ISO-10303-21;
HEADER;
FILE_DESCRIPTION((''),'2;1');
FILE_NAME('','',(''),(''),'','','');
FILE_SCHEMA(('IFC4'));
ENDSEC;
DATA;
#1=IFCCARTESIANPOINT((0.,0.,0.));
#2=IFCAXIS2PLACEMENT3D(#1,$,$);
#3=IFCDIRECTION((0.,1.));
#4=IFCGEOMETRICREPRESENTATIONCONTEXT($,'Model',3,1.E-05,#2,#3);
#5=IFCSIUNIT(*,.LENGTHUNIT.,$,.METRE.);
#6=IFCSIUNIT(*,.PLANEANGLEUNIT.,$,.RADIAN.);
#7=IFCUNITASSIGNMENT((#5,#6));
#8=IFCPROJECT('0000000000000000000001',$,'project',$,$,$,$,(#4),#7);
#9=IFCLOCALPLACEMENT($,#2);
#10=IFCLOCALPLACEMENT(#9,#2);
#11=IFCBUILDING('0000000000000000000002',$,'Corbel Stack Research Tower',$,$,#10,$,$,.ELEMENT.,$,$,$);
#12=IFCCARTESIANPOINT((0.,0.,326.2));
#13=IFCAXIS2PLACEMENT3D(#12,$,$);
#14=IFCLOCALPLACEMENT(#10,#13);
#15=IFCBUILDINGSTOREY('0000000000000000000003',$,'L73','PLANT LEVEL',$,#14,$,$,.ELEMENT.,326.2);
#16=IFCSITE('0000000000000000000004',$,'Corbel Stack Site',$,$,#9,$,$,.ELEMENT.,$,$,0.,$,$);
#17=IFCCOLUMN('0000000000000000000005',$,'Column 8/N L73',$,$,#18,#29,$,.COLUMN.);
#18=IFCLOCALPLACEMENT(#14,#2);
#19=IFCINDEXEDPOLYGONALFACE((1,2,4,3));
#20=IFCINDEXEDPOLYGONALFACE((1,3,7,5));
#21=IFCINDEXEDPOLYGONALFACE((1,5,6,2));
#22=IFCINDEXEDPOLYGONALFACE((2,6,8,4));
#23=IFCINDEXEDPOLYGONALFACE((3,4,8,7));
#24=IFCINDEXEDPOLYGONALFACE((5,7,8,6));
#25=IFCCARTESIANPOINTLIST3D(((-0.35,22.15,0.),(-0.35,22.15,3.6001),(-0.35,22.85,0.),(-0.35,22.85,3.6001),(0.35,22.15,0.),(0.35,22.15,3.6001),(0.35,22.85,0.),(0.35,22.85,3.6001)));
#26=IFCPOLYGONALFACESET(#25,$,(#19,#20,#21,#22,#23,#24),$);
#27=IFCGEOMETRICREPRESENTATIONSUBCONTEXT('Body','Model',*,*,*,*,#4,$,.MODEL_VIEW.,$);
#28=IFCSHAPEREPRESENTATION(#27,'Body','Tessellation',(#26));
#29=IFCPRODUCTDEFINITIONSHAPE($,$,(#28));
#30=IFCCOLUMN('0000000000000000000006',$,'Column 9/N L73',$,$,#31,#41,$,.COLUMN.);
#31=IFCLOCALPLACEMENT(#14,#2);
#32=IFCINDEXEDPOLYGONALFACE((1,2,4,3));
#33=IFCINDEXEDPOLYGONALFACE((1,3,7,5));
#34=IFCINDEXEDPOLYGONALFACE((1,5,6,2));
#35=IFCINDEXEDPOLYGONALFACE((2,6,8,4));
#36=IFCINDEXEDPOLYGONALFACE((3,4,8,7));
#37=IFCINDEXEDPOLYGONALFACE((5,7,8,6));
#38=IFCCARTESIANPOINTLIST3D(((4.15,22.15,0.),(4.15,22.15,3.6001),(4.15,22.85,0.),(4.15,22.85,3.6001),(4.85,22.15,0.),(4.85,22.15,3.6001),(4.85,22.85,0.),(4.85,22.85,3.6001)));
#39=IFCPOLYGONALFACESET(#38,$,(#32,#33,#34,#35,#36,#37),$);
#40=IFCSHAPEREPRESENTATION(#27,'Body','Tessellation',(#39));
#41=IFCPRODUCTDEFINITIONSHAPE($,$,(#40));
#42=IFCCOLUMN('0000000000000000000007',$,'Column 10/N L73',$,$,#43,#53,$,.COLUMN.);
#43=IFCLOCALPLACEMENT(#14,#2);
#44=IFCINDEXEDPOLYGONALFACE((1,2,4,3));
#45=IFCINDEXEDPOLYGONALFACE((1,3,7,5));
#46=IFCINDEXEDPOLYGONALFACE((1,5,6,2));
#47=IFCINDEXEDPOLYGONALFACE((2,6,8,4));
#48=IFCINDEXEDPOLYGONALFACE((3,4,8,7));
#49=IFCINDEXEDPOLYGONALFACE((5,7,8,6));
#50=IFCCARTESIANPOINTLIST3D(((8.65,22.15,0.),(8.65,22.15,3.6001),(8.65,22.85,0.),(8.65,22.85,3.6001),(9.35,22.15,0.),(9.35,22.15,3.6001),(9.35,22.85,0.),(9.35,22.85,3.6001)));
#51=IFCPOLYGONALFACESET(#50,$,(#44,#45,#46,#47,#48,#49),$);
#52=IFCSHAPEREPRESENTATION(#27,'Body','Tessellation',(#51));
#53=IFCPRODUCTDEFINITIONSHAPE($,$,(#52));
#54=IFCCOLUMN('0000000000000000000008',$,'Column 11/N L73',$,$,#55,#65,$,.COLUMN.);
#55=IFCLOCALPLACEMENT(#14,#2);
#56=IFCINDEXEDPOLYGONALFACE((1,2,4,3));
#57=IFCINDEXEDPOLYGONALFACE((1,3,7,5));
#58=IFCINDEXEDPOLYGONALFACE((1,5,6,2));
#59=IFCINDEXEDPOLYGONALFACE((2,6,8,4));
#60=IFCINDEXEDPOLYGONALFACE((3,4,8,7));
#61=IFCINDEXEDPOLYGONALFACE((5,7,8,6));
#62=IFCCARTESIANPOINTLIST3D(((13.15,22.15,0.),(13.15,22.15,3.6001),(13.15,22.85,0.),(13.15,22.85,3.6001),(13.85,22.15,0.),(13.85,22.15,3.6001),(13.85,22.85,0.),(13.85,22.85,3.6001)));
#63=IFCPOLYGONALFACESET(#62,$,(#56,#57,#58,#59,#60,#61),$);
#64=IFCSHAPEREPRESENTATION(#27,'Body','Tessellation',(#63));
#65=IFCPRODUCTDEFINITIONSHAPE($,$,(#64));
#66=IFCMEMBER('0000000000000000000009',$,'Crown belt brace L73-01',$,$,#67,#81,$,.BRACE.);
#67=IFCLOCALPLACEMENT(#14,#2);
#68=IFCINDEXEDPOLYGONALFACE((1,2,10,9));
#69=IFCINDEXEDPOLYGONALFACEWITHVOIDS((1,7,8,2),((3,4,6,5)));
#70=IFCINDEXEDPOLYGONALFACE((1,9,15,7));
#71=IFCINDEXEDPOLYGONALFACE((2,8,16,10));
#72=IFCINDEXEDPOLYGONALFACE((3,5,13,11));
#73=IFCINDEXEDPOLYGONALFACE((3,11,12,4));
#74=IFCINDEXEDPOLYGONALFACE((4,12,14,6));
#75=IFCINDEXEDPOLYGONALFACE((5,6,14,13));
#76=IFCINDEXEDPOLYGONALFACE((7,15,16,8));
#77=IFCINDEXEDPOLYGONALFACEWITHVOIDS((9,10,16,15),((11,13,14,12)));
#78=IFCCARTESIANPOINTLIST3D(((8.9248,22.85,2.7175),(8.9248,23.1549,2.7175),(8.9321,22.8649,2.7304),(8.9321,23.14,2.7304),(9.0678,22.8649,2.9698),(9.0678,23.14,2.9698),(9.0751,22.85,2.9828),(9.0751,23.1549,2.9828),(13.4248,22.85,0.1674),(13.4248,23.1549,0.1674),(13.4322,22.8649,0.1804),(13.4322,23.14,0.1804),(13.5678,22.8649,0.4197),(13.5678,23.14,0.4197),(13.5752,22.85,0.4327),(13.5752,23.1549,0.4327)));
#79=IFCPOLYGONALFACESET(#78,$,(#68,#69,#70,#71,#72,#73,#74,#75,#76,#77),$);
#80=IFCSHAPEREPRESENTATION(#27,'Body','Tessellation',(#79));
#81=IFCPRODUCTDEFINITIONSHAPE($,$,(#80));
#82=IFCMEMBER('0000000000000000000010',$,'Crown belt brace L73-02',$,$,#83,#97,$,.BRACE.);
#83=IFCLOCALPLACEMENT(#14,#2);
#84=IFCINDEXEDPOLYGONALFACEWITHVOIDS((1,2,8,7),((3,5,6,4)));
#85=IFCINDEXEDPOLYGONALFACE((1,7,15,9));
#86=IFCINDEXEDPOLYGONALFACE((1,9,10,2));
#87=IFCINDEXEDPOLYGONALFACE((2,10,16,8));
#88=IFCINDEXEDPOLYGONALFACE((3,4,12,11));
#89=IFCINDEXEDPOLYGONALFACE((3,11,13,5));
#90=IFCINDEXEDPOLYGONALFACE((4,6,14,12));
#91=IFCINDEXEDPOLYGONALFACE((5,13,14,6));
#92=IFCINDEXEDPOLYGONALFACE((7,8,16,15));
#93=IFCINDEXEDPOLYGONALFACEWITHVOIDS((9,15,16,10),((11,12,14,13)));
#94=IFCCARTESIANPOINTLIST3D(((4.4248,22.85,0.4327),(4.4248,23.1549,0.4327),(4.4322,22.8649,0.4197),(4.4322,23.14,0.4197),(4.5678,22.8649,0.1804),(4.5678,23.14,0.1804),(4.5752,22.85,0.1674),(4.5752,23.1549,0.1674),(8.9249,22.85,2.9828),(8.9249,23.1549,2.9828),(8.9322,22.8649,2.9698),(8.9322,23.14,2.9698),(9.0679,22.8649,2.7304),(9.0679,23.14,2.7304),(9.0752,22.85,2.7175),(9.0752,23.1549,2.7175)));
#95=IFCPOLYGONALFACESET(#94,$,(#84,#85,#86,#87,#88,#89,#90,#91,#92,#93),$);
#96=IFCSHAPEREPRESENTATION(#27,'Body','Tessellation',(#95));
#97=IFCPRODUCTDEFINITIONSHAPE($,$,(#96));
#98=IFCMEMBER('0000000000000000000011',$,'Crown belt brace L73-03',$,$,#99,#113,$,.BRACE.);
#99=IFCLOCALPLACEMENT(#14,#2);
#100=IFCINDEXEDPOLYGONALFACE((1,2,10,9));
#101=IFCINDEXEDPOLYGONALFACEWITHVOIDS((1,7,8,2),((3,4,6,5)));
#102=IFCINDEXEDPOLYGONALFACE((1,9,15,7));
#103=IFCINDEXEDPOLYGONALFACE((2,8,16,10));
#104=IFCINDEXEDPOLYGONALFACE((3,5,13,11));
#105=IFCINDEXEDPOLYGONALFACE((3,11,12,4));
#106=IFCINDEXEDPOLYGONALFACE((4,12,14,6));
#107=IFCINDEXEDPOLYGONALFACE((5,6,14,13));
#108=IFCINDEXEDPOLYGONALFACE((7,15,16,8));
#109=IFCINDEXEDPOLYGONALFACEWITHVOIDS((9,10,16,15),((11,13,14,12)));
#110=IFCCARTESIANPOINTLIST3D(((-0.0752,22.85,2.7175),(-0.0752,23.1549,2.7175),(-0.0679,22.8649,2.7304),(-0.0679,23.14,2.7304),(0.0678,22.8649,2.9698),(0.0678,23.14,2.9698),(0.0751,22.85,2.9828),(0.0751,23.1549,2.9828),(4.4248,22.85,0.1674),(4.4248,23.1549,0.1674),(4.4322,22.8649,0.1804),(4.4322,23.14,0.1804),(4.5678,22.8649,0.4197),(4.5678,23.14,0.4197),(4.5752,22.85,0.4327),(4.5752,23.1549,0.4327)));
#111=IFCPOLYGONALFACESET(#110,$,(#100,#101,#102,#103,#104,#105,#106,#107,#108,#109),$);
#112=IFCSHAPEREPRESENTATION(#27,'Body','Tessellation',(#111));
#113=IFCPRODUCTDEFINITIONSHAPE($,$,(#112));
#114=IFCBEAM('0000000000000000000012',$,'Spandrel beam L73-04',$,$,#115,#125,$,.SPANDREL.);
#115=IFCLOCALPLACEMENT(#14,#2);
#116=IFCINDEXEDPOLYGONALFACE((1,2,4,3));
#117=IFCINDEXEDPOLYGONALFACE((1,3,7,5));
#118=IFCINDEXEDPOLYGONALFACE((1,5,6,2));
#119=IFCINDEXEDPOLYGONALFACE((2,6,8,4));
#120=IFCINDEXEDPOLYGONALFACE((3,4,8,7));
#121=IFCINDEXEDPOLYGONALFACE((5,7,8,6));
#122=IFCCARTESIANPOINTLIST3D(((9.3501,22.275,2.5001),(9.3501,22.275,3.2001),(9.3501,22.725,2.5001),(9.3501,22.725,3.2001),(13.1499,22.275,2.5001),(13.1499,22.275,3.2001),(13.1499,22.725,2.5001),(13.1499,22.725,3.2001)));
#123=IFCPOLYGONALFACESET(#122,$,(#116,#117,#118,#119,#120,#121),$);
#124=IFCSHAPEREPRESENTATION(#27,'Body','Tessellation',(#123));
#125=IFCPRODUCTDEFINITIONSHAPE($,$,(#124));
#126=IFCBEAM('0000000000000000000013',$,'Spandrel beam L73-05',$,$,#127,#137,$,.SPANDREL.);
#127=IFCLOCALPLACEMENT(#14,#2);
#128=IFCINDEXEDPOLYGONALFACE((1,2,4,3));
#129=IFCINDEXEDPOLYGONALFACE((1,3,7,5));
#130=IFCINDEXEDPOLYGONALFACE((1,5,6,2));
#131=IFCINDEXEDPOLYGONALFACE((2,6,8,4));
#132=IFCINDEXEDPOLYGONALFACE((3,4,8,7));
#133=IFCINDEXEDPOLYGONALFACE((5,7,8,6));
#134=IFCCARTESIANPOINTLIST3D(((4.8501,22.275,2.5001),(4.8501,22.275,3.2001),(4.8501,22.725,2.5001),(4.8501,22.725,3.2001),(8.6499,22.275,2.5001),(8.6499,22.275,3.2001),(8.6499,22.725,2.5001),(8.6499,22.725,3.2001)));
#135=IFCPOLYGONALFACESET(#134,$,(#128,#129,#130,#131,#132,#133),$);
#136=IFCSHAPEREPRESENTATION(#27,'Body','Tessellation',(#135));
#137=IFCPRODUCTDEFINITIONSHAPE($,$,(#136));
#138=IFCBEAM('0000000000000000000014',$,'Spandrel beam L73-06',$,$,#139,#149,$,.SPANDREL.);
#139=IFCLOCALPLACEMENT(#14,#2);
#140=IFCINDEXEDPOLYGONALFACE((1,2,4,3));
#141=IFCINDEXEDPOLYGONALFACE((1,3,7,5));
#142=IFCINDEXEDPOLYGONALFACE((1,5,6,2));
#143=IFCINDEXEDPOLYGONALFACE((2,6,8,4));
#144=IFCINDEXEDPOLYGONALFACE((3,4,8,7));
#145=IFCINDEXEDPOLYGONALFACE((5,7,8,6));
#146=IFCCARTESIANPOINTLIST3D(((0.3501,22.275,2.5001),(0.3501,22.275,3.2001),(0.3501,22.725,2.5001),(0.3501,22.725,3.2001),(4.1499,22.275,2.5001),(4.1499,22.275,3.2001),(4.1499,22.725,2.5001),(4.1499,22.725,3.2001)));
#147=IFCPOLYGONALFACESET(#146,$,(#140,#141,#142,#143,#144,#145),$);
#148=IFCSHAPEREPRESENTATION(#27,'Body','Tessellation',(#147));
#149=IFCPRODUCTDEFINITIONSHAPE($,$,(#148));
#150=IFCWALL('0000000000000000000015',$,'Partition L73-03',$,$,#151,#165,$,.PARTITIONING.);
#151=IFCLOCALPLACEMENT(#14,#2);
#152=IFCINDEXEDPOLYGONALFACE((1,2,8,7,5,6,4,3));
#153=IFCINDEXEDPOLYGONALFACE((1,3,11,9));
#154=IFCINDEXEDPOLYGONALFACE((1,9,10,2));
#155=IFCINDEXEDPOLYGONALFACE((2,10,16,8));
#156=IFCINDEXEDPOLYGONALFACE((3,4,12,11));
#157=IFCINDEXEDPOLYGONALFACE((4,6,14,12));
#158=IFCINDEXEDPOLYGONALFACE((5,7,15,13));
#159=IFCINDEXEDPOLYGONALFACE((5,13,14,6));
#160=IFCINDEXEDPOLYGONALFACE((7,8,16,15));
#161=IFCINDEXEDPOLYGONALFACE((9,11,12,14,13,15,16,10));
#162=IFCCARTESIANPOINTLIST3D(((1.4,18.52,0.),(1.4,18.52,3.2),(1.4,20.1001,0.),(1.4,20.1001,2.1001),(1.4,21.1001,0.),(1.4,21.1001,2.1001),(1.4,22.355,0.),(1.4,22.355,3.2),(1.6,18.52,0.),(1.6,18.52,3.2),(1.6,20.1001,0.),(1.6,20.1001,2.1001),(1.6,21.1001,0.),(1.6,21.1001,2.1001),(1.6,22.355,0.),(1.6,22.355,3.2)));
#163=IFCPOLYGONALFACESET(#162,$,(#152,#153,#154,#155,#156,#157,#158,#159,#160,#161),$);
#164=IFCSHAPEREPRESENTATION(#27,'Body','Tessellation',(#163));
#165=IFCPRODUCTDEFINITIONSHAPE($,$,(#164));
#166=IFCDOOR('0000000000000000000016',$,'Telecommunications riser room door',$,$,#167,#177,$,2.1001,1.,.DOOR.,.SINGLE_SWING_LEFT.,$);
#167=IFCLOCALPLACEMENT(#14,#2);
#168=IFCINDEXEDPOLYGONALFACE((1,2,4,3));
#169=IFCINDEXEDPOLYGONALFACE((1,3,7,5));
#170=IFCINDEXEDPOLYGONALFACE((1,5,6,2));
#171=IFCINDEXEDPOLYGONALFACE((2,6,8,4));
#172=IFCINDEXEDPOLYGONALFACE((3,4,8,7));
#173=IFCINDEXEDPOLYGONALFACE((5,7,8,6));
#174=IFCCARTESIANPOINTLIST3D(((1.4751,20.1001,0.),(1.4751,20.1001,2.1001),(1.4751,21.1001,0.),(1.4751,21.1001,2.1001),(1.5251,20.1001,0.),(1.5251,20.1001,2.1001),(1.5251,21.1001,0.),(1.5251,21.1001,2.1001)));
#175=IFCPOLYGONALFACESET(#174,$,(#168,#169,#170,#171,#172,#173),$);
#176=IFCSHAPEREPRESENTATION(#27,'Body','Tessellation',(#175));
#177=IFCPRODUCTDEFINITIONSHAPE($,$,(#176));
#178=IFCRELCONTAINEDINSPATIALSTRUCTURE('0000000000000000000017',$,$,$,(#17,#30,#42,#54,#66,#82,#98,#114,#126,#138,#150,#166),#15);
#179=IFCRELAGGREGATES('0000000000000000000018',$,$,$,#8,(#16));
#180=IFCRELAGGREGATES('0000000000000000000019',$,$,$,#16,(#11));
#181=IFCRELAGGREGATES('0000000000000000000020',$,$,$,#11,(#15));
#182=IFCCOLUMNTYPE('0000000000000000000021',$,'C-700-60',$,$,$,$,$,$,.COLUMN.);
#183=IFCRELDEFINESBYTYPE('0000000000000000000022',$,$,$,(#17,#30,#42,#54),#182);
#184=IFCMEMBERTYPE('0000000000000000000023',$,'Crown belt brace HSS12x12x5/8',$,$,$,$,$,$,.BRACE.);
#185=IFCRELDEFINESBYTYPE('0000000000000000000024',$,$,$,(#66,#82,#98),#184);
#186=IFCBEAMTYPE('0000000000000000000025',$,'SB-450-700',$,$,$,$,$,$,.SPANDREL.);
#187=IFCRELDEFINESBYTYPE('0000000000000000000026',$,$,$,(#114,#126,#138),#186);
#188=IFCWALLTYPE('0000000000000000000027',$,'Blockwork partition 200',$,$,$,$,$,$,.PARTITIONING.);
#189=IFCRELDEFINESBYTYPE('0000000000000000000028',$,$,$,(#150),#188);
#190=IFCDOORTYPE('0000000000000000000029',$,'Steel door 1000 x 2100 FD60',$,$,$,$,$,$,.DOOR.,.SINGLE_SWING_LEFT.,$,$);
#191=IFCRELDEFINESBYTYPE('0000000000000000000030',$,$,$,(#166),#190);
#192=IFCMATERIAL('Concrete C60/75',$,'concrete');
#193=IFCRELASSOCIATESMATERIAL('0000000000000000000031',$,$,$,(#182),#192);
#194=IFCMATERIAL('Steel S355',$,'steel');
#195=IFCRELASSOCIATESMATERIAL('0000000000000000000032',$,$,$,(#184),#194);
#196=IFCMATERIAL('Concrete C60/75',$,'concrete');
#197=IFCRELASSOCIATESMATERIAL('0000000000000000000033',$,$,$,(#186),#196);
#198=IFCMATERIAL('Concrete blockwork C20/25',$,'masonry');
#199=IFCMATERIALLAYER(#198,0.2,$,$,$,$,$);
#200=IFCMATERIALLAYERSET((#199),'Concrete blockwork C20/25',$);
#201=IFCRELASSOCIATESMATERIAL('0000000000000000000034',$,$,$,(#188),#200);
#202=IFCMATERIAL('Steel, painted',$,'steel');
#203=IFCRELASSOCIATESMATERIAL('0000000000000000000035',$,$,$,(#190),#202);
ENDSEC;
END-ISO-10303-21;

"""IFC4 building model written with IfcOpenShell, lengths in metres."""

from ifc_helpers import new_model, si_unit, direction, frame, frame_2d, origin, origin_2d, place, context, subcontext, project, spatial, rectangle, hollow_rectangle, extrude, material, layer, layer_set, material_profile, profile_set, type_object, element, fill, save


model = new_model("IFC4")

# Units and contexts
model_context = context("Model", 3, precision=1e-05, world=origin(), true_north=direction((0.0, 1.0)))
body_context = subcontext(model_context, "Body", "Model", "MODEL_VIEW")
ifc_project = project(units=[si_unit("LENGTHUNIT", "METRE"), si_unit("PLANEANGLEUNIT", "RADIAN")], contexts=[model_context])

# Site, building, storey
site_placement = place(None, origin())
site = spatial("IfcSite", under=ifc_project, at=site_placement, Name="Corbel Stack Site", CompositionType="ELEMENT", RefElevation=0.0)
building_placement = place(site_placement, origin())
building = spatial("IfcBuilding", under=site, at=building_placement, Name="Corbel Stack Research Tower", CompositionType="ELEMENT")
storey_placement = place(building_placement, frame((0.0, 0.0, 326.2)))
storey = spatial("IfcBuildingStorey", under=building, at=storey_placement, Name="L73", Description="PLANT LEVEL", CompositionType="ELEMENT", Elevation=326.2)

# Columns
ifc_material_1 = material(Name="Concrete C60/75", Category="concrete")
ifc_material_profile_1 = material_profile(ifc_material_1, rectangle(XDim=0.7, YDim=0.7, at=origin_2d()), Name="RC 700 x 700")
ifc_profile_set_1 = profile_set([ifc_material_profile_1], Name="Concrete C60/75")
column_type = type_object("IfcColumnType", Name="C-700-60", PredefinedType="COLUMN", material=ifc_profile_set_1)
for number, where, z_axis, x_axis, name in (
    (1, (0.0, 22.5, 0.0), (0.0, 0.0, 1.0), (1.0, 0.0, 0.0), "Column 8/N L73"),
    (2, (4.5, 22.5, 0.0), (0.0, 0.0, 1.0), (1.0, 0.0, 0.0), "Column 9/N L73"),
    (3, (9.0, 22.5, 0.0), (0.0, 0.0, 1.0), (1.0, 0.0, 0.0), "Column 10/N L73"),
    (4, (13.5, 22.5, 0.0), (0.0, 0.0, 1.0), (1.0, 0.0, 0.0), "Column 11/N L73"),
):
    element("IfcColumn", number, at=place(storey_placement, frame(where, z_axis=z_axis, x_axis=x_axis)), inside=storey, type_object=column_type, Name=name, PredefinedType="COLUMN", context=body_context, shape_type="SweptSolid", body=[
        extrude(rectangle(XDim=0.7, YDim=0.7, at=origin_2d()), origin(), (0.0, 0.0, 1.0), 3.6001),
    ])

# Members
ifc_material_2 = material(Name="Steel S355", Category="steel")
ifc_material_profile_2 = material_profile(ifc_material_2, hollow_rectangle(XDim=0.3049, YDim=0.3049, WallThickness=0.0149, at=origin_2d()), Name="HSS12x12x5/8")
ifc_profile_set_2 = profile_set([ifc_material_profile_2], Name="Steel S355")
member_type = type_object("IfcMemberType", Name="Crown belt brace HSS12x12x5/8", PredefinedType="BRACE", material=ifc_profile_set_2)
for number, where, z_axis, x_axis, name in (
    (5, (13.5, 23.0024, 0.3), (-0.870018, 0.0, 0.49302), (0.0, -1.0, 0.0), "Crown belt brace L73-01"),
    (6, (4.5, 23.0024, 0.3), (0.870018, 0.0, 0.49302), (0.0, 1.0, 0.0), "Crown belt brace L73-02"),
    (7, (4.5, 23.0024, 0.3), (-0.870018, 0.0, 0.49302), (0.0, -1.0, 0.0), "Crown belt brace L73-03"),
):
    element("IfcMember", number, at=place(storey_placement, frame(where, z_axis=z_axis, x_axis=x_axis)), inside=storey, type_object=member_type, Name=name, PredefinedType="BRACE", context=body_context, shape_type="SweptSolid", body=[
        extrude(hollow_rectangle(XDim=0.3049, YDim=0.3049, WallThickness=0.0149, at=origin_2d()), origin(), (0.0, 0.0, 1.0), 5.1724),
    ])

# Beams
ifc_material_3 = material(Name="Concrete C60/75", Category="concrete")
ifc_material_profile_3 = material_profile(ifc_material_3, rectangle(XDim=0.45, YDim=0.7, at=origin_2d()), Name="RC 450 x 700")
ifc_profile_set_3 = profile_set([ifc_material_profile_3], Name="Concrete C60/75")
beam_type = type_object("IfcBeamType", Name="SB-450-700", PredefinedType="SPANDREL", material=ifc_profile_set_3)
for number, where, z_axis, x_axis, name in (
    (8, (13.1499, 22.5, 2.8501), (-1.0, 0.0, 0.0), (0.0, -1.0, 0.0), "Spandrel beam L73-04"),
    (9, (8.6499, 22.5, 2.8501), (-1.0, 0.0, 0.0), (0.0, -1.0, 0.0), "Spandrel beam L73-05"),
    (10, (4.1499, 22.5, 2.8501), (-1.0, 0.0, 0.0), (0.0, -1.0, 0.0), "Spandrel beam L73-06"),
):
    element("IfcBeam", number, at=place(storey_placement, frame(where, z_axis=z_axis, x_axis=x_axis)), inside=storey, type_object=beam_type, Name=name, PredefinedType="SPANDREL", context=body_context, shape_type="SweptSolid", body=[
        extrude(rectangle(XDim=0.45, YDim=0.7, at=origin_2d()), origin(), (0.0, 0.0, 1.0), 3.7998),
    ])

# Wall, opening, door
ifc_material_4 = material(Name="Concrete blockwork C20/25", Category="masonry")
ifc_layer_1 = layer(ifc_material_4, 0.2)
ifc_layer_set_1 = layer_set([ifc_layer_1], Name="Concrete blockwork C20/25")
wall_type_1 = type_object("IfcWallType", Name="Blockwork partition 200", PredefinedType="PARTITIONING", material=ifc_layer_set_1)
wall_1_placement = place(storey_placement, frame((1.5, 18.52, 0.0), z_axis=(0.0, 0.0, 1.0), x_axis=(0.0, 1.0, 0.0)))
wall_1 = element("IfcWall", 11, at=wall_1_placement, inside=storey, type_object=wall_type_1, Name="Partition L73-03", PredefinedType="PARTITIONING", context=body_context, shape_type="SweptSolid", body=[
    extrude(rectangle(XDim=3.835, YDim=0.2, at=frame_2d((1.9175, 0.0))), origin(), (0.0, 0.0, 1.0), 3.2),
])
opening_1_placement = place(wall_1_placement, frame((1.5801, 0.0, 0.0)))
opening_1 = element("IfcOpeningElement", 12, at=opening_1_placement, cuts=wall_1, PredefinedType="OPENING", context=body_context, shape_type="SweptSolid", body=[
    extrude(rectangle(XDim=1.0, YDim=2.1001, at=frame_2d((0.5, 1.05))), frame((0.0, 0.1099, 0.0), z_axis=(0.0, -1.0, 0.0), x_axis=(1.0, 0.0, 0.0)), (0.0, 0.0, 1.0), 0.22),
])
ifc_material_5 = material(Name="Steel, painted", Category="steel")
door_type = type_object("IfcDoorType", Name="Steel door 1000 x 2100 FD60", OperationType="SINGLE_SWING_LEFT", PredefinedType="DOOR", material=ifc_material_5)
door_1_placement = place(opening_1_placement, origin())
door_1 = element("IfcDoor", 13, at=door_1_placement, inside=storey, type_object=door_type, Name="Telecommunications riser room door", OperationType="SINGLE_SWING_LEFT", OverallHeight=2.1001, OverallWidth=1.0, PredefinedType="DOOR", context=body_context, shape_type="SweptSolid", body=[
    extrude(rectangle(XDim=1.0, YDim=2.1001, at=frame_2d((0.5, 1.05))), frame((0.0, 0.0249, 0.0), z_axis=(0.0, -1.0, 0.0), x_axis=(1.0, 0.0, 0.0)), (0.0, 0.0, 1.0), 0.05),
])
fill(opening_1, door_1)

save(model, "model.ifc")
